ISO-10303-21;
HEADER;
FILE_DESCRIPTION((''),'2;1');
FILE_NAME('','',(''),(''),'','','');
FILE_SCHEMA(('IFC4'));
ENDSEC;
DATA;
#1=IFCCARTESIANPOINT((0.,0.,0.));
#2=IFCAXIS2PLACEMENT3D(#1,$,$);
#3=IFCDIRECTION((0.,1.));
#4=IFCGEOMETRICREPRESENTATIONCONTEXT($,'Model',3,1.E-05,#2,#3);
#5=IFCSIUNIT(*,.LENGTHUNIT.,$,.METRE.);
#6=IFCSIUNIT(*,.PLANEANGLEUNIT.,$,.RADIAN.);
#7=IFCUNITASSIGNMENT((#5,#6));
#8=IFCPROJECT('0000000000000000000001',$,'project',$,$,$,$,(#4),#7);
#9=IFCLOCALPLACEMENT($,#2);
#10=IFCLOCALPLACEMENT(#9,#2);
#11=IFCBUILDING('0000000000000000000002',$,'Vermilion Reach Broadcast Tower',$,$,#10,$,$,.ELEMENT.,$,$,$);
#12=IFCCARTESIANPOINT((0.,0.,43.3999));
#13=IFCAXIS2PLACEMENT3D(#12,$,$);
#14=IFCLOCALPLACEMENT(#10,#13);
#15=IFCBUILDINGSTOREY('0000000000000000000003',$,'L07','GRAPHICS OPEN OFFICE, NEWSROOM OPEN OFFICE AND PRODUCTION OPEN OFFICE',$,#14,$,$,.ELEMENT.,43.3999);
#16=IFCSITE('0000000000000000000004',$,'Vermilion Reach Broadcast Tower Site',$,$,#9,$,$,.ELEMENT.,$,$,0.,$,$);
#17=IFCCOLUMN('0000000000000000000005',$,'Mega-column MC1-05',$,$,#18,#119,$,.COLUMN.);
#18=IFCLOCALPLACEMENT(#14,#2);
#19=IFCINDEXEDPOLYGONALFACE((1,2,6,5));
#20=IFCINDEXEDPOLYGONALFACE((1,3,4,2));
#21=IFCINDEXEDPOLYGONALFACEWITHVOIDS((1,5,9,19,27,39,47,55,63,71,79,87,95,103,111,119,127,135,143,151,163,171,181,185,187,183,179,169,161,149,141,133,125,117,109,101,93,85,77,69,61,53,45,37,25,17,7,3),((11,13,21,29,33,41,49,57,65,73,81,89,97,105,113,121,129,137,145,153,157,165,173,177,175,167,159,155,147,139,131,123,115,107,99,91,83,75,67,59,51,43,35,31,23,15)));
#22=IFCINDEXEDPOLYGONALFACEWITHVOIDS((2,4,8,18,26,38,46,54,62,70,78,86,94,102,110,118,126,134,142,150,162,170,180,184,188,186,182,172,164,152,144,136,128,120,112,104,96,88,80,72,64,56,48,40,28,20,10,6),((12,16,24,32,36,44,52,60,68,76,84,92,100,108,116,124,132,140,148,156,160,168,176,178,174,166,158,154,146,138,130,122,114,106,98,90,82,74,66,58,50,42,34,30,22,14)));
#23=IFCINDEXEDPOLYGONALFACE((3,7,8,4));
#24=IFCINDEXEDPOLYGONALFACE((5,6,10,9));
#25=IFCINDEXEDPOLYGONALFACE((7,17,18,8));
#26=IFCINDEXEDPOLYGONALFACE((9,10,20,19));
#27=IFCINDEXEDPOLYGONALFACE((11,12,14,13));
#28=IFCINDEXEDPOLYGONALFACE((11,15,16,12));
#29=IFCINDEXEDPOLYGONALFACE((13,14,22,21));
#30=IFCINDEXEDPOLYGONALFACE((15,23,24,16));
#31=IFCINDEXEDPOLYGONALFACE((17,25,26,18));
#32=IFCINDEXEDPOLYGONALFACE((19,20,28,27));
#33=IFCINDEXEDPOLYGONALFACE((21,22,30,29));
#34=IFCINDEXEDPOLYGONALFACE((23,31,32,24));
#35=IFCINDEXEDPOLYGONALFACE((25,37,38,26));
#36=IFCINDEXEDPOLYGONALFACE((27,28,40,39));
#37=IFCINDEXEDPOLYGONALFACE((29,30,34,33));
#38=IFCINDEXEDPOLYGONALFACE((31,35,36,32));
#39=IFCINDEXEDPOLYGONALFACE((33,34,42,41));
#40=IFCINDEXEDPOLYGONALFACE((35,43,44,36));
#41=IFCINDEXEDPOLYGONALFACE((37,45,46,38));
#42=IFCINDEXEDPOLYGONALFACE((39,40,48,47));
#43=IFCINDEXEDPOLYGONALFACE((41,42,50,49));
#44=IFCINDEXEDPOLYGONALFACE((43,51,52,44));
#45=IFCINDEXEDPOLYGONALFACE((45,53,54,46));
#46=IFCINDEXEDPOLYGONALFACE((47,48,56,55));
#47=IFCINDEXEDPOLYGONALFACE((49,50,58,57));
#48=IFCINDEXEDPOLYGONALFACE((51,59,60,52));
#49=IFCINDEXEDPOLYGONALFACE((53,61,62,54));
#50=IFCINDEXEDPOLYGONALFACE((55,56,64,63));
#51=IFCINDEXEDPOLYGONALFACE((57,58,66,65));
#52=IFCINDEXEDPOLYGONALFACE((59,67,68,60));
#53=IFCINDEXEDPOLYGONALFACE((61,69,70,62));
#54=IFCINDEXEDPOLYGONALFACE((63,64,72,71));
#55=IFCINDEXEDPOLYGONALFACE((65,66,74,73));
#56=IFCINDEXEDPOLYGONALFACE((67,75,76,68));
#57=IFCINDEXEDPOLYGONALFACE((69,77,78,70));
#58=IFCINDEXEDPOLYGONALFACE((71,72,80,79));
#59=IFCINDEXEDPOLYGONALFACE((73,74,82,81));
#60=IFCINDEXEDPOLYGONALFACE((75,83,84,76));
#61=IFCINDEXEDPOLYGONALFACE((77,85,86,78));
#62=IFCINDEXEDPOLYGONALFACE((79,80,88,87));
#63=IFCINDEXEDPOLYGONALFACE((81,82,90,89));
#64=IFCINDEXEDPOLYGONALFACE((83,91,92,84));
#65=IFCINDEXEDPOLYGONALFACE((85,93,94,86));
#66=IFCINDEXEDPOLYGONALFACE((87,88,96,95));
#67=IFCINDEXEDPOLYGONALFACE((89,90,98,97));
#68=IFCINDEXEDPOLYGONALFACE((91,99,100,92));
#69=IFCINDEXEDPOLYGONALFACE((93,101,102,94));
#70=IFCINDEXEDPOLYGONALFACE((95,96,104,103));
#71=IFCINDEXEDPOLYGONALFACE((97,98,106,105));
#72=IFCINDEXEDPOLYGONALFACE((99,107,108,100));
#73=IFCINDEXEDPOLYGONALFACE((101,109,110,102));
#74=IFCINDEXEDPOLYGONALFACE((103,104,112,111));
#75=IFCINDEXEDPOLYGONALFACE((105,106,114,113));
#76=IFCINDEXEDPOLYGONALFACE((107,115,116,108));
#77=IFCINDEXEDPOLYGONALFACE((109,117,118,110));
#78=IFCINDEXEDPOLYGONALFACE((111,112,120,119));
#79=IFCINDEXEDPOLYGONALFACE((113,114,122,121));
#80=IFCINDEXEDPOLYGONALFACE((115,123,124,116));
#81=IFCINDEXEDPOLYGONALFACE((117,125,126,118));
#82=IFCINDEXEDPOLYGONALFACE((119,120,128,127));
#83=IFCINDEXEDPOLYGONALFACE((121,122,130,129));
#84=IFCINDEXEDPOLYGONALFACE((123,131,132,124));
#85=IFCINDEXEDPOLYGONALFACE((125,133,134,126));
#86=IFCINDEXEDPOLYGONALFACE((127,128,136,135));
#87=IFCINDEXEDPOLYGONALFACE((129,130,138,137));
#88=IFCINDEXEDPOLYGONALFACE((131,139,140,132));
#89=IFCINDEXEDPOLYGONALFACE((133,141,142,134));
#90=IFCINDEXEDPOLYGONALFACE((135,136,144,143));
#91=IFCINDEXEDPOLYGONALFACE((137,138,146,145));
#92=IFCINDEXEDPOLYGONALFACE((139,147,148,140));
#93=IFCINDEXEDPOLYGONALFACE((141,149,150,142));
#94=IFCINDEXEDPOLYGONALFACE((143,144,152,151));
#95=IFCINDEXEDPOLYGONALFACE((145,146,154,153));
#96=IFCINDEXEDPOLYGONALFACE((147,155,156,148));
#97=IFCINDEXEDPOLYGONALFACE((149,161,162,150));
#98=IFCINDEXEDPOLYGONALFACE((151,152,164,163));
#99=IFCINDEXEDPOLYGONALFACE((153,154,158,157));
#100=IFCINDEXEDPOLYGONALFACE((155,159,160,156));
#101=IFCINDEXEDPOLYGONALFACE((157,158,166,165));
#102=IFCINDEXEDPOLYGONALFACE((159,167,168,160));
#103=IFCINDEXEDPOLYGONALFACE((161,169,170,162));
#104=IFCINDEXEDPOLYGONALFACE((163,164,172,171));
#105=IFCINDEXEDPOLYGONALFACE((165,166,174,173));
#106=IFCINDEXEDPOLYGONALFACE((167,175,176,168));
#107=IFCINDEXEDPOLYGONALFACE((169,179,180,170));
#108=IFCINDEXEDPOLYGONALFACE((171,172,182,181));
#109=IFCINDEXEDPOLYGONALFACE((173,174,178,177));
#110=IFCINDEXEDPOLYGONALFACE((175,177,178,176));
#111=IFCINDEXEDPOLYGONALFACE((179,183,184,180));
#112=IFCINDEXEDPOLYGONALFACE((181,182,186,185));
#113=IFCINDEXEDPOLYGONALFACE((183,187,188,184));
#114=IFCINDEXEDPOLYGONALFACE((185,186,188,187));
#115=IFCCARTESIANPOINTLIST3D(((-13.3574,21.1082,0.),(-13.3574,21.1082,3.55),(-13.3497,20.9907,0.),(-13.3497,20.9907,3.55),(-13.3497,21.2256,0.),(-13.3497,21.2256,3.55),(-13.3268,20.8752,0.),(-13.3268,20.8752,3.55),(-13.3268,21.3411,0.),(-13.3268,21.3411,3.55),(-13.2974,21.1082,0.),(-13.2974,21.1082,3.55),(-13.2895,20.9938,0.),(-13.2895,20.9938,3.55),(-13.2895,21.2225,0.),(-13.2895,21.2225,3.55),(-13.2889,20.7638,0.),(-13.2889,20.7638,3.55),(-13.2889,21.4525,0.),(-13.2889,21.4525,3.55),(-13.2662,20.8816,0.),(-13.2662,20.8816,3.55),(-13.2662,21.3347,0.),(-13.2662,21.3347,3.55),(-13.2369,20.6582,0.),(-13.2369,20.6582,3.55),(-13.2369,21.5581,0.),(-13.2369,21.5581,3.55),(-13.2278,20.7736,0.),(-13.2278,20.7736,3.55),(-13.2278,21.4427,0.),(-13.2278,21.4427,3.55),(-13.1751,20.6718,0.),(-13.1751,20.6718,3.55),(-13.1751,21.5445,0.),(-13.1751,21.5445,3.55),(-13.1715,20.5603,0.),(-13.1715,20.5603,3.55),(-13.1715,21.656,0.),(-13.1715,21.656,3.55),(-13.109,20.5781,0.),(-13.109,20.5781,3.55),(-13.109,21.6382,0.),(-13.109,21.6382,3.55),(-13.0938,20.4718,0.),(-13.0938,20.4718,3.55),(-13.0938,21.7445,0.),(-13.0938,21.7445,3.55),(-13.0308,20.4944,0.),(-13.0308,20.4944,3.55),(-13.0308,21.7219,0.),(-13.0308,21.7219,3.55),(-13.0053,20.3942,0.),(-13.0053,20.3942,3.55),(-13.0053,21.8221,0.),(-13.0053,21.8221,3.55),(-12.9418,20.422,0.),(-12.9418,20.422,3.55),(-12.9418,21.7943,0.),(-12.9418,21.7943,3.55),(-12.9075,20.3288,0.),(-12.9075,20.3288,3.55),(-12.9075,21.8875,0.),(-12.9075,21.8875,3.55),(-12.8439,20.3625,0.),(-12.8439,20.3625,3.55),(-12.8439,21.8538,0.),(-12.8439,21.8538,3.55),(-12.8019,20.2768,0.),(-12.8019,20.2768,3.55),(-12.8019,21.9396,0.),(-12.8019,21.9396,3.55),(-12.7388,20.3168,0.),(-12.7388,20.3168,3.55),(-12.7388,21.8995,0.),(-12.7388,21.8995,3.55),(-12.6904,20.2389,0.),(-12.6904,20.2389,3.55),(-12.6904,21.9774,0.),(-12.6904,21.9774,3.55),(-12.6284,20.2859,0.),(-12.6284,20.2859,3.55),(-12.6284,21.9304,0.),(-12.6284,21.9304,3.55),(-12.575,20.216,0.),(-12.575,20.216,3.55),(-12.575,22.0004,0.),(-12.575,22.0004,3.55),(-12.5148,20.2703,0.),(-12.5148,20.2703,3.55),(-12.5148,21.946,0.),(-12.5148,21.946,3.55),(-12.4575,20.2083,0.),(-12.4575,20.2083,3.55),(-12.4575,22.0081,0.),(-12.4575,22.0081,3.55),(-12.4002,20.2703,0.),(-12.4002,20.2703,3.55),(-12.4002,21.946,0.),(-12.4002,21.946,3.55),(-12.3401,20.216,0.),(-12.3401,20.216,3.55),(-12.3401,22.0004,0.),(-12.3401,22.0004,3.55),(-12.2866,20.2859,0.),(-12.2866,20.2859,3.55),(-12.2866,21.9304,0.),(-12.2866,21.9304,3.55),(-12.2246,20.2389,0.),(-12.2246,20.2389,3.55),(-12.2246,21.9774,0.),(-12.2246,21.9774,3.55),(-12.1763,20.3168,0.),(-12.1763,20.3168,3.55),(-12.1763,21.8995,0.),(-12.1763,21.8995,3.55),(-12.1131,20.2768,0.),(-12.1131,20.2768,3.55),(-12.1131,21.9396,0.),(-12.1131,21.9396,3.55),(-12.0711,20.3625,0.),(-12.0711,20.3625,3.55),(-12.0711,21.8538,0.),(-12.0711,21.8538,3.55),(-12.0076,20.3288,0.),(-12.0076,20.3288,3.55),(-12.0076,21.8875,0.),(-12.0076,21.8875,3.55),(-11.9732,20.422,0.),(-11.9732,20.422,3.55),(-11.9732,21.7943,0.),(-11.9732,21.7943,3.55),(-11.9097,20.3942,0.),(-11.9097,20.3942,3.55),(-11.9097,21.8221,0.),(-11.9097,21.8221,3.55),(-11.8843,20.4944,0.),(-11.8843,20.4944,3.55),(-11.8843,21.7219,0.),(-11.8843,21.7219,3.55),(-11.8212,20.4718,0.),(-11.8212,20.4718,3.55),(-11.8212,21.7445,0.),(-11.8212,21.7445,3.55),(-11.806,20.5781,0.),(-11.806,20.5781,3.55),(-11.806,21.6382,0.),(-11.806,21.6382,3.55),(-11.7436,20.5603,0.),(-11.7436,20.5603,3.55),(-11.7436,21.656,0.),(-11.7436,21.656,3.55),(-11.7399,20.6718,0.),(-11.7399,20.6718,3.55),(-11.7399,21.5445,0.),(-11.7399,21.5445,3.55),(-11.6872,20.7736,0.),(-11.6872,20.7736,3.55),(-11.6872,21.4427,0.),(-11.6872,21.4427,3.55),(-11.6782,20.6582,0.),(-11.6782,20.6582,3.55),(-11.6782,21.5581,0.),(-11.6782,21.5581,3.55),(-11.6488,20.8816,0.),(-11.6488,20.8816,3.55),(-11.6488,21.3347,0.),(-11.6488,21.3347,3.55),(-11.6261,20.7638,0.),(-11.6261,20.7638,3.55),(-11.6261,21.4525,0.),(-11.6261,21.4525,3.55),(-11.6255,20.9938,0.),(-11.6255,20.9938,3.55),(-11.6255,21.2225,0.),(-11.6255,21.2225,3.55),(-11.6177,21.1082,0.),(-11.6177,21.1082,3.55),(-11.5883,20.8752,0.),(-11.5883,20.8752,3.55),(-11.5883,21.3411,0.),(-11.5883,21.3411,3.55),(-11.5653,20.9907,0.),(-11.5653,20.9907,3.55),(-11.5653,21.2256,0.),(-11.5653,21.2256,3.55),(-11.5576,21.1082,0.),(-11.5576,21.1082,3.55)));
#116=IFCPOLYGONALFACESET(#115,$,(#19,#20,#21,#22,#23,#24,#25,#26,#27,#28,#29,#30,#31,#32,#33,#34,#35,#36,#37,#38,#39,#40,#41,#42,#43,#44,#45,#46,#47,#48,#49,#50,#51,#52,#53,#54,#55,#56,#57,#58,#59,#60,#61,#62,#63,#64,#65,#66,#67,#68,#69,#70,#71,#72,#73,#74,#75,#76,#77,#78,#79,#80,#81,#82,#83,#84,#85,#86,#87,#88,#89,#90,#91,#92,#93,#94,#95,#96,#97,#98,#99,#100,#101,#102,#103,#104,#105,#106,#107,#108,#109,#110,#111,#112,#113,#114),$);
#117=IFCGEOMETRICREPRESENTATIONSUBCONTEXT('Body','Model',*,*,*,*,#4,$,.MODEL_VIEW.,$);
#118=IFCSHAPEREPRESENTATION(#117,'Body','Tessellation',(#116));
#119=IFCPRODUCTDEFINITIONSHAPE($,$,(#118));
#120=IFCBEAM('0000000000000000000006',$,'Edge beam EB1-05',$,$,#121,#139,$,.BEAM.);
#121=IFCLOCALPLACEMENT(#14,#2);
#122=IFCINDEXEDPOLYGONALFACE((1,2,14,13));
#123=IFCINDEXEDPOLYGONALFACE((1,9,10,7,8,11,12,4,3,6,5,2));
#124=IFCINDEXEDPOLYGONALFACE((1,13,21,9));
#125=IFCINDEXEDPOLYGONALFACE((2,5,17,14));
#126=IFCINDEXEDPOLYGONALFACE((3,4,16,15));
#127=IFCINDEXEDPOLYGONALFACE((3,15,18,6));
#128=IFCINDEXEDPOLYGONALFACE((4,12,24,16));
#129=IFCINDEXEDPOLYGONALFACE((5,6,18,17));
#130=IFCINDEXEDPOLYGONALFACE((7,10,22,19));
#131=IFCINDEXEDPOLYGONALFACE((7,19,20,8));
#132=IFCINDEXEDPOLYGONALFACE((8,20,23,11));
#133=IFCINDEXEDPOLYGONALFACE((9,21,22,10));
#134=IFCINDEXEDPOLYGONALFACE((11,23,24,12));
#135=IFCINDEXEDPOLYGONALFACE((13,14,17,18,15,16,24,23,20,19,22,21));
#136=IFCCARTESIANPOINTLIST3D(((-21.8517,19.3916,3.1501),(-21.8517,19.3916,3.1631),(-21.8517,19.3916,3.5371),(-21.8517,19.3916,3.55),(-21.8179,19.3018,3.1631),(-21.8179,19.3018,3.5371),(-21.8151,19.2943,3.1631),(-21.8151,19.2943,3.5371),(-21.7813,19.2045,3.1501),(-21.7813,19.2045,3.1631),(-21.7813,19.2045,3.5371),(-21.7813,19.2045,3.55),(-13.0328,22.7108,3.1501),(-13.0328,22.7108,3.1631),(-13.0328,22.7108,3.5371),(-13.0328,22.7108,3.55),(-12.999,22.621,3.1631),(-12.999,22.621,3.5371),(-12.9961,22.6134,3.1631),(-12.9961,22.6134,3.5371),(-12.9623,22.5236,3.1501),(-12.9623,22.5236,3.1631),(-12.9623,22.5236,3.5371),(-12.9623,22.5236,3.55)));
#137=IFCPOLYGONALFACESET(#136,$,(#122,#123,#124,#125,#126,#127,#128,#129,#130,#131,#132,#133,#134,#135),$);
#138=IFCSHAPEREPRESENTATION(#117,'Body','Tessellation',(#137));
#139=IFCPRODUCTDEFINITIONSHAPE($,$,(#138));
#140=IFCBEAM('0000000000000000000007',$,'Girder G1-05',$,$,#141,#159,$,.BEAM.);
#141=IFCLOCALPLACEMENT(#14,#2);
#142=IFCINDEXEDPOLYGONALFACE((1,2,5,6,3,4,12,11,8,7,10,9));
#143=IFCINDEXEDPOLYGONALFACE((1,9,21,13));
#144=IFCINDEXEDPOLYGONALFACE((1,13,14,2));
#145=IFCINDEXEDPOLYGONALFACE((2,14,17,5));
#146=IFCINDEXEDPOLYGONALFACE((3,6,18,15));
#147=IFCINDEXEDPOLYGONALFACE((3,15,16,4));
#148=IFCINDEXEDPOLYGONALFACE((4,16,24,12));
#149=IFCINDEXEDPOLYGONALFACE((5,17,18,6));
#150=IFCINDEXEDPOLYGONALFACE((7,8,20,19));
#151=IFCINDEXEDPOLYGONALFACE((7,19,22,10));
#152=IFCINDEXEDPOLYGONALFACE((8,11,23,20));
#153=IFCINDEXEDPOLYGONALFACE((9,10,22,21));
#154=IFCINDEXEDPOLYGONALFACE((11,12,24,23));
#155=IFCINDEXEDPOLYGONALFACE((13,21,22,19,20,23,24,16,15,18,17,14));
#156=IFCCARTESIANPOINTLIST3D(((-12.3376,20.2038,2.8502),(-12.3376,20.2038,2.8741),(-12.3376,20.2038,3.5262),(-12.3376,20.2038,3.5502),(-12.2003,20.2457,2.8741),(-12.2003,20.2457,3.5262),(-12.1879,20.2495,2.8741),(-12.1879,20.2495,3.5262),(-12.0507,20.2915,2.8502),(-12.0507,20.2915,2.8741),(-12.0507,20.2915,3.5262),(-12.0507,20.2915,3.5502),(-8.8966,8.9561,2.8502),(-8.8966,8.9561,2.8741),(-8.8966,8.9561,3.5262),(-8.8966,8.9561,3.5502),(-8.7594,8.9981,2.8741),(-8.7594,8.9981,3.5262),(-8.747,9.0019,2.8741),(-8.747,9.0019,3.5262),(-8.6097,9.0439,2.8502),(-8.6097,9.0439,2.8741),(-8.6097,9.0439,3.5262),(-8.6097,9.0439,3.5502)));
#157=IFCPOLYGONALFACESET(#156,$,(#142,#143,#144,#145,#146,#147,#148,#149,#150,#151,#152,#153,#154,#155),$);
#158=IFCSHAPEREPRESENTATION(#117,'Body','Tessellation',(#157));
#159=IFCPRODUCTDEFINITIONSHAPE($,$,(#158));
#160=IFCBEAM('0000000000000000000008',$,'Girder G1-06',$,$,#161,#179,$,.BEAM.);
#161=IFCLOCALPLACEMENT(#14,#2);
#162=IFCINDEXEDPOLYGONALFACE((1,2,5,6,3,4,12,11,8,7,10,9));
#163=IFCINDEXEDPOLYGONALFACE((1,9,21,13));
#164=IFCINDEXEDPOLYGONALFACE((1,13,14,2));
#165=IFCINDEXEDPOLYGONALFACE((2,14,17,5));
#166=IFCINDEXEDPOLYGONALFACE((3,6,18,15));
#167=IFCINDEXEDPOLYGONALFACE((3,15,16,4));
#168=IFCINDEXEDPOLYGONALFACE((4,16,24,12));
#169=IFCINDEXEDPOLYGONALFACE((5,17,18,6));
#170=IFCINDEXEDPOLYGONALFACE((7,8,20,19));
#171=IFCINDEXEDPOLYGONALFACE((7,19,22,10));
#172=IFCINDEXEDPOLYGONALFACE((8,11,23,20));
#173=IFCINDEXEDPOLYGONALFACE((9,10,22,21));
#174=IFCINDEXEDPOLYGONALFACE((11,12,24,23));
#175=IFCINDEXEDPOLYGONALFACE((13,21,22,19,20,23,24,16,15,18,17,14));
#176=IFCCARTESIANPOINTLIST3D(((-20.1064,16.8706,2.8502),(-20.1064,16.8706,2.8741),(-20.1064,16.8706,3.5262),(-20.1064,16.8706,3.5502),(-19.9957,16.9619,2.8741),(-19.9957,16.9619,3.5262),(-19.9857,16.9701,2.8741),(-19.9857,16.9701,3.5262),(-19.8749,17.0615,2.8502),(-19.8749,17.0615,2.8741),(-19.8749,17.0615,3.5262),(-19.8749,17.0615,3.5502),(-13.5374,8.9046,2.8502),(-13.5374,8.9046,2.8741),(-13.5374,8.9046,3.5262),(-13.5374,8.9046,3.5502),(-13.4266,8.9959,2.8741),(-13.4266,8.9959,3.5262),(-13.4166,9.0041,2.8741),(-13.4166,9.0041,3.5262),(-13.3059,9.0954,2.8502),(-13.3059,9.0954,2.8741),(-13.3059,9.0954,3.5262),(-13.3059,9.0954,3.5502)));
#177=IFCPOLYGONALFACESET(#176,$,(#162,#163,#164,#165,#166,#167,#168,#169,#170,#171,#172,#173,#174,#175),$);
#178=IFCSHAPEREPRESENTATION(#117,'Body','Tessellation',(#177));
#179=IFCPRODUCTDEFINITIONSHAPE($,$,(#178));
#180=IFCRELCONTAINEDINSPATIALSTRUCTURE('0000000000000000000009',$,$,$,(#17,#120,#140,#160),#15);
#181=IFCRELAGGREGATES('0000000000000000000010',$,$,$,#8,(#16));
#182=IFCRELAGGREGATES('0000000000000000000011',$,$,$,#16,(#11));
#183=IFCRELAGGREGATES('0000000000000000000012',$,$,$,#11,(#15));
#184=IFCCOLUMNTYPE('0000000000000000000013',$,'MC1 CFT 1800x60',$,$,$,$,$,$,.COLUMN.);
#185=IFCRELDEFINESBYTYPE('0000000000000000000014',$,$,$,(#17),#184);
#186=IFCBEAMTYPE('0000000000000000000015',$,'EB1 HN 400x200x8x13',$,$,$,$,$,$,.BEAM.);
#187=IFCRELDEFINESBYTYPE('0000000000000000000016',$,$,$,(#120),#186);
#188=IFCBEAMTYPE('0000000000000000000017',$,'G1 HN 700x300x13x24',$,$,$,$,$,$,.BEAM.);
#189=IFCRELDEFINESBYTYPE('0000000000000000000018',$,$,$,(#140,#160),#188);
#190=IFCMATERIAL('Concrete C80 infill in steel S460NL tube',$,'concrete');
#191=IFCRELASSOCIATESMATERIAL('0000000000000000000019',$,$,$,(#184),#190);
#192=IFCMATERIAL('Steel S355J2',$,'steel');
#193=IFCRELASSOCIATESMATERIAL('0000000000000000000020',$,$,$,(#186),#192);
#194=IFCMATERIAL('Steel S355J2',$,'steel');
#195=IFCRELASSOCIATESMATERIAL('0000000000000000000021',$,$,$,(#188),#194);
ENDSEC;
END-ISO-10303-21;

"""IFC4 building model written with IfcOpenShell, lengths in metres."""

from ifc_helpers import new_model, si_unit, direction, frame, origin, origin_2d, place, context, subcontext, project, spatial, hollow_circle, i_section, extrude, material, material_profile, profile_set, type_object, element, save


model = new_model("IFC4")

# Units and contexts
model_context = context("Model", 3, precision=1e-05, world=origin(), true_north=direction((0.0, 1.0)))
body_context = subcontext(model_context, "Body", "Model", "MODEL_VIEW")
ifc_project = project(units=[si_unit("LENGTHUNIT", "METRE"), si_unit("PLANEANGLEUNIT", "RADIAN")], contexts=[model_context])

# Site, building, storey
site_placement = place(None, origin())
site = spatial("IfcSite", under=ifc_project, at=site_placement, Name="Vermilion Reach Broadcast Tower Site", CompositionType="ELEMENT", RefElevation=0.0)
building_placement = place(site_placement, origin())
building = spatial("IfcBuilding", under=site, at=building_placement, Name="Vermilion Reach Broadcast Tower", CompositionType="ELEMENT")
storey_placement = place(building_placement, frame((0.0, 0.0, 43.3999)))
storey = spatial("IfcBuildingStorey", under=building, at=storey_placement, Name="L07", Description="GRAPHICS OPEN OFFICE, NEWSROOM OPEN OFFICE AND PRODUCTION OPEN OFFICE", CompositionType="ELEMENT", Elevation=43.3999)

# Column
ifc_material_1 = material(Name="Concrete C80 infill in steel S460NL tube", Category="concrete")
ifc_material_profile_1 = material_profile(ifc_material_1, hollow_circle(Radius=0.8999, WallThickness=0.0601, at=origin_2d()), Name="Concrete C80 infill in steel S460NL tube CFT 1800x60")
ifc_profile_set_1 = profile_set([ifc_material_profile_1], Name="Concrete C80 infill in steel S460NL tube")
column_type = type_object("IfcColumnType", Name="MC1 CFT 1800x60", PredefinedType="COLUMN", material=ifc_profile_set_1)
column_placement = place(storey_placement, frame((-12.4575, 21.1082, 0.0), z_axis=(0.0, 0.0, 1.0), x_axis=(1.0, 0.0, 0.0)))
element("IfcColumn", 1, at=column_placement, inside=storey, type_object=column_type, Name="Mega-column MC1-05", PredefinedType="COLUMN", context=body_context, shape_type="SweptSolid", body=[
    extrude(hollow_circle(Radius=0.8999, WallThickness=0.0601, at=origin_2d()), origin(), (0.0, 0.0, 1.0), 3.55),
])

# Beams
ifc_material_2 = material(Name="Steel S355J2", Category="steel")
ifc_material_profile_2 = material_profile(ifc_material_2, i_section(OverallWidth=0.2, OverallDepth=0.3999, WebThickness=0.0081, FlangeThickness=0.0129, at=origin_2d()), Name="S355J2 HN 400x200x8x13")
ifc_profile_set_2 = profile_set([ifc_material_profile_2], Name="Steel S355J2")
beam_type_1 = type_object("IfcBeamType", Name="EB1 HN 400x200x8x13", PredefinedType="BEAM", material=ifc_profile_set_2)
beam_1_placement = place(storey_placement, frame((-12.9976, 22.6172, 3.3501), z_axis=(-0.935909, -0.352242, 0.0), x_axis=(0.352242, -0.935909, 0.0)))
element("IfcBeam", 2, at=beam_1_placement, inside=storey, type_object=beam_type_1, Name="Edge beam EB1-05", PredefinedType="BEAM", context=body_context, shape_type="SweptSolid", body=[
    extrude(i_section(OverallWidth=0.2, OverallDepth=0.3999, WebThickness=0.0081, FlangeThickness=0.0129, at=origin_2d()), origin(), (0.0, 0.0, 1.0), 9.4229),
])
ifc_material_3 = material(Name="Steel S355J2", Category="steel")
ifc_material_profile_3 = material_profile(ifc_material_3, i_section(OverallWidth=0.3, OverallDepth=0.7, WebThickness=0.0129, FlangeThickness=0.0239, at=origin_2d()), Name="S355J2 HN 700x300x13x24")
ifc_profile_set_3 = profile_set([ifc_material_profile_3], Name="Steel S355J2")
beam_type_2 = type_object("IfcBeamType", Name="G1 HN 700x300x13x24", PredefinedType="BEAM", material=ifc_profile_set_3)
beam_2_placement = place(storey_placement, frame((-8.7532, 9.0, 3.2002), z_axis=(-0.292542, 0.956253, 0.0), x_axis=(-0.956253, -0.292542, 0.0)))
element("IfcBeam", 3, at=beam_2_placement, inside=storey, type_object=beam_type_2, Name="Girder G1-05", PredefinedType="BEAM", context=body_context, shape_type="SweptSolid", body=[
    extrude(i_section(OverallWidth=0.3, OverallDepth=0.7, WebThickness=0.0129, FlangeThickness=0.0239, at=origin_2d()), origin(), (0.0, 0.0, 1.0), 11.7622),
])
beam_3_placement = place(storey_placement, frame((-13.4216, 9.0, 3.2002), z_axis=(-0.636215, 0.771512, 0.0), x_axis=(-0.771512, -0.636215, 0.0)))
element("IfcBeam", 4, at=beam_3_placement, inside=storey, type_object=beam_type_2, Name="Girder G1-06", PredefinedType="BEAM", context=body_context, shape_type="SweptSolid", body=[
    extrude(i_section(OverallWidth=0.3, OverallDepth=0.7, WebThickness=0.0129, FlangeThickness=0.0239, at=origin_2d()), origin(), (0.0, 0.0, 1.0), 10.3252),
])

save(model, "model.ifc")
